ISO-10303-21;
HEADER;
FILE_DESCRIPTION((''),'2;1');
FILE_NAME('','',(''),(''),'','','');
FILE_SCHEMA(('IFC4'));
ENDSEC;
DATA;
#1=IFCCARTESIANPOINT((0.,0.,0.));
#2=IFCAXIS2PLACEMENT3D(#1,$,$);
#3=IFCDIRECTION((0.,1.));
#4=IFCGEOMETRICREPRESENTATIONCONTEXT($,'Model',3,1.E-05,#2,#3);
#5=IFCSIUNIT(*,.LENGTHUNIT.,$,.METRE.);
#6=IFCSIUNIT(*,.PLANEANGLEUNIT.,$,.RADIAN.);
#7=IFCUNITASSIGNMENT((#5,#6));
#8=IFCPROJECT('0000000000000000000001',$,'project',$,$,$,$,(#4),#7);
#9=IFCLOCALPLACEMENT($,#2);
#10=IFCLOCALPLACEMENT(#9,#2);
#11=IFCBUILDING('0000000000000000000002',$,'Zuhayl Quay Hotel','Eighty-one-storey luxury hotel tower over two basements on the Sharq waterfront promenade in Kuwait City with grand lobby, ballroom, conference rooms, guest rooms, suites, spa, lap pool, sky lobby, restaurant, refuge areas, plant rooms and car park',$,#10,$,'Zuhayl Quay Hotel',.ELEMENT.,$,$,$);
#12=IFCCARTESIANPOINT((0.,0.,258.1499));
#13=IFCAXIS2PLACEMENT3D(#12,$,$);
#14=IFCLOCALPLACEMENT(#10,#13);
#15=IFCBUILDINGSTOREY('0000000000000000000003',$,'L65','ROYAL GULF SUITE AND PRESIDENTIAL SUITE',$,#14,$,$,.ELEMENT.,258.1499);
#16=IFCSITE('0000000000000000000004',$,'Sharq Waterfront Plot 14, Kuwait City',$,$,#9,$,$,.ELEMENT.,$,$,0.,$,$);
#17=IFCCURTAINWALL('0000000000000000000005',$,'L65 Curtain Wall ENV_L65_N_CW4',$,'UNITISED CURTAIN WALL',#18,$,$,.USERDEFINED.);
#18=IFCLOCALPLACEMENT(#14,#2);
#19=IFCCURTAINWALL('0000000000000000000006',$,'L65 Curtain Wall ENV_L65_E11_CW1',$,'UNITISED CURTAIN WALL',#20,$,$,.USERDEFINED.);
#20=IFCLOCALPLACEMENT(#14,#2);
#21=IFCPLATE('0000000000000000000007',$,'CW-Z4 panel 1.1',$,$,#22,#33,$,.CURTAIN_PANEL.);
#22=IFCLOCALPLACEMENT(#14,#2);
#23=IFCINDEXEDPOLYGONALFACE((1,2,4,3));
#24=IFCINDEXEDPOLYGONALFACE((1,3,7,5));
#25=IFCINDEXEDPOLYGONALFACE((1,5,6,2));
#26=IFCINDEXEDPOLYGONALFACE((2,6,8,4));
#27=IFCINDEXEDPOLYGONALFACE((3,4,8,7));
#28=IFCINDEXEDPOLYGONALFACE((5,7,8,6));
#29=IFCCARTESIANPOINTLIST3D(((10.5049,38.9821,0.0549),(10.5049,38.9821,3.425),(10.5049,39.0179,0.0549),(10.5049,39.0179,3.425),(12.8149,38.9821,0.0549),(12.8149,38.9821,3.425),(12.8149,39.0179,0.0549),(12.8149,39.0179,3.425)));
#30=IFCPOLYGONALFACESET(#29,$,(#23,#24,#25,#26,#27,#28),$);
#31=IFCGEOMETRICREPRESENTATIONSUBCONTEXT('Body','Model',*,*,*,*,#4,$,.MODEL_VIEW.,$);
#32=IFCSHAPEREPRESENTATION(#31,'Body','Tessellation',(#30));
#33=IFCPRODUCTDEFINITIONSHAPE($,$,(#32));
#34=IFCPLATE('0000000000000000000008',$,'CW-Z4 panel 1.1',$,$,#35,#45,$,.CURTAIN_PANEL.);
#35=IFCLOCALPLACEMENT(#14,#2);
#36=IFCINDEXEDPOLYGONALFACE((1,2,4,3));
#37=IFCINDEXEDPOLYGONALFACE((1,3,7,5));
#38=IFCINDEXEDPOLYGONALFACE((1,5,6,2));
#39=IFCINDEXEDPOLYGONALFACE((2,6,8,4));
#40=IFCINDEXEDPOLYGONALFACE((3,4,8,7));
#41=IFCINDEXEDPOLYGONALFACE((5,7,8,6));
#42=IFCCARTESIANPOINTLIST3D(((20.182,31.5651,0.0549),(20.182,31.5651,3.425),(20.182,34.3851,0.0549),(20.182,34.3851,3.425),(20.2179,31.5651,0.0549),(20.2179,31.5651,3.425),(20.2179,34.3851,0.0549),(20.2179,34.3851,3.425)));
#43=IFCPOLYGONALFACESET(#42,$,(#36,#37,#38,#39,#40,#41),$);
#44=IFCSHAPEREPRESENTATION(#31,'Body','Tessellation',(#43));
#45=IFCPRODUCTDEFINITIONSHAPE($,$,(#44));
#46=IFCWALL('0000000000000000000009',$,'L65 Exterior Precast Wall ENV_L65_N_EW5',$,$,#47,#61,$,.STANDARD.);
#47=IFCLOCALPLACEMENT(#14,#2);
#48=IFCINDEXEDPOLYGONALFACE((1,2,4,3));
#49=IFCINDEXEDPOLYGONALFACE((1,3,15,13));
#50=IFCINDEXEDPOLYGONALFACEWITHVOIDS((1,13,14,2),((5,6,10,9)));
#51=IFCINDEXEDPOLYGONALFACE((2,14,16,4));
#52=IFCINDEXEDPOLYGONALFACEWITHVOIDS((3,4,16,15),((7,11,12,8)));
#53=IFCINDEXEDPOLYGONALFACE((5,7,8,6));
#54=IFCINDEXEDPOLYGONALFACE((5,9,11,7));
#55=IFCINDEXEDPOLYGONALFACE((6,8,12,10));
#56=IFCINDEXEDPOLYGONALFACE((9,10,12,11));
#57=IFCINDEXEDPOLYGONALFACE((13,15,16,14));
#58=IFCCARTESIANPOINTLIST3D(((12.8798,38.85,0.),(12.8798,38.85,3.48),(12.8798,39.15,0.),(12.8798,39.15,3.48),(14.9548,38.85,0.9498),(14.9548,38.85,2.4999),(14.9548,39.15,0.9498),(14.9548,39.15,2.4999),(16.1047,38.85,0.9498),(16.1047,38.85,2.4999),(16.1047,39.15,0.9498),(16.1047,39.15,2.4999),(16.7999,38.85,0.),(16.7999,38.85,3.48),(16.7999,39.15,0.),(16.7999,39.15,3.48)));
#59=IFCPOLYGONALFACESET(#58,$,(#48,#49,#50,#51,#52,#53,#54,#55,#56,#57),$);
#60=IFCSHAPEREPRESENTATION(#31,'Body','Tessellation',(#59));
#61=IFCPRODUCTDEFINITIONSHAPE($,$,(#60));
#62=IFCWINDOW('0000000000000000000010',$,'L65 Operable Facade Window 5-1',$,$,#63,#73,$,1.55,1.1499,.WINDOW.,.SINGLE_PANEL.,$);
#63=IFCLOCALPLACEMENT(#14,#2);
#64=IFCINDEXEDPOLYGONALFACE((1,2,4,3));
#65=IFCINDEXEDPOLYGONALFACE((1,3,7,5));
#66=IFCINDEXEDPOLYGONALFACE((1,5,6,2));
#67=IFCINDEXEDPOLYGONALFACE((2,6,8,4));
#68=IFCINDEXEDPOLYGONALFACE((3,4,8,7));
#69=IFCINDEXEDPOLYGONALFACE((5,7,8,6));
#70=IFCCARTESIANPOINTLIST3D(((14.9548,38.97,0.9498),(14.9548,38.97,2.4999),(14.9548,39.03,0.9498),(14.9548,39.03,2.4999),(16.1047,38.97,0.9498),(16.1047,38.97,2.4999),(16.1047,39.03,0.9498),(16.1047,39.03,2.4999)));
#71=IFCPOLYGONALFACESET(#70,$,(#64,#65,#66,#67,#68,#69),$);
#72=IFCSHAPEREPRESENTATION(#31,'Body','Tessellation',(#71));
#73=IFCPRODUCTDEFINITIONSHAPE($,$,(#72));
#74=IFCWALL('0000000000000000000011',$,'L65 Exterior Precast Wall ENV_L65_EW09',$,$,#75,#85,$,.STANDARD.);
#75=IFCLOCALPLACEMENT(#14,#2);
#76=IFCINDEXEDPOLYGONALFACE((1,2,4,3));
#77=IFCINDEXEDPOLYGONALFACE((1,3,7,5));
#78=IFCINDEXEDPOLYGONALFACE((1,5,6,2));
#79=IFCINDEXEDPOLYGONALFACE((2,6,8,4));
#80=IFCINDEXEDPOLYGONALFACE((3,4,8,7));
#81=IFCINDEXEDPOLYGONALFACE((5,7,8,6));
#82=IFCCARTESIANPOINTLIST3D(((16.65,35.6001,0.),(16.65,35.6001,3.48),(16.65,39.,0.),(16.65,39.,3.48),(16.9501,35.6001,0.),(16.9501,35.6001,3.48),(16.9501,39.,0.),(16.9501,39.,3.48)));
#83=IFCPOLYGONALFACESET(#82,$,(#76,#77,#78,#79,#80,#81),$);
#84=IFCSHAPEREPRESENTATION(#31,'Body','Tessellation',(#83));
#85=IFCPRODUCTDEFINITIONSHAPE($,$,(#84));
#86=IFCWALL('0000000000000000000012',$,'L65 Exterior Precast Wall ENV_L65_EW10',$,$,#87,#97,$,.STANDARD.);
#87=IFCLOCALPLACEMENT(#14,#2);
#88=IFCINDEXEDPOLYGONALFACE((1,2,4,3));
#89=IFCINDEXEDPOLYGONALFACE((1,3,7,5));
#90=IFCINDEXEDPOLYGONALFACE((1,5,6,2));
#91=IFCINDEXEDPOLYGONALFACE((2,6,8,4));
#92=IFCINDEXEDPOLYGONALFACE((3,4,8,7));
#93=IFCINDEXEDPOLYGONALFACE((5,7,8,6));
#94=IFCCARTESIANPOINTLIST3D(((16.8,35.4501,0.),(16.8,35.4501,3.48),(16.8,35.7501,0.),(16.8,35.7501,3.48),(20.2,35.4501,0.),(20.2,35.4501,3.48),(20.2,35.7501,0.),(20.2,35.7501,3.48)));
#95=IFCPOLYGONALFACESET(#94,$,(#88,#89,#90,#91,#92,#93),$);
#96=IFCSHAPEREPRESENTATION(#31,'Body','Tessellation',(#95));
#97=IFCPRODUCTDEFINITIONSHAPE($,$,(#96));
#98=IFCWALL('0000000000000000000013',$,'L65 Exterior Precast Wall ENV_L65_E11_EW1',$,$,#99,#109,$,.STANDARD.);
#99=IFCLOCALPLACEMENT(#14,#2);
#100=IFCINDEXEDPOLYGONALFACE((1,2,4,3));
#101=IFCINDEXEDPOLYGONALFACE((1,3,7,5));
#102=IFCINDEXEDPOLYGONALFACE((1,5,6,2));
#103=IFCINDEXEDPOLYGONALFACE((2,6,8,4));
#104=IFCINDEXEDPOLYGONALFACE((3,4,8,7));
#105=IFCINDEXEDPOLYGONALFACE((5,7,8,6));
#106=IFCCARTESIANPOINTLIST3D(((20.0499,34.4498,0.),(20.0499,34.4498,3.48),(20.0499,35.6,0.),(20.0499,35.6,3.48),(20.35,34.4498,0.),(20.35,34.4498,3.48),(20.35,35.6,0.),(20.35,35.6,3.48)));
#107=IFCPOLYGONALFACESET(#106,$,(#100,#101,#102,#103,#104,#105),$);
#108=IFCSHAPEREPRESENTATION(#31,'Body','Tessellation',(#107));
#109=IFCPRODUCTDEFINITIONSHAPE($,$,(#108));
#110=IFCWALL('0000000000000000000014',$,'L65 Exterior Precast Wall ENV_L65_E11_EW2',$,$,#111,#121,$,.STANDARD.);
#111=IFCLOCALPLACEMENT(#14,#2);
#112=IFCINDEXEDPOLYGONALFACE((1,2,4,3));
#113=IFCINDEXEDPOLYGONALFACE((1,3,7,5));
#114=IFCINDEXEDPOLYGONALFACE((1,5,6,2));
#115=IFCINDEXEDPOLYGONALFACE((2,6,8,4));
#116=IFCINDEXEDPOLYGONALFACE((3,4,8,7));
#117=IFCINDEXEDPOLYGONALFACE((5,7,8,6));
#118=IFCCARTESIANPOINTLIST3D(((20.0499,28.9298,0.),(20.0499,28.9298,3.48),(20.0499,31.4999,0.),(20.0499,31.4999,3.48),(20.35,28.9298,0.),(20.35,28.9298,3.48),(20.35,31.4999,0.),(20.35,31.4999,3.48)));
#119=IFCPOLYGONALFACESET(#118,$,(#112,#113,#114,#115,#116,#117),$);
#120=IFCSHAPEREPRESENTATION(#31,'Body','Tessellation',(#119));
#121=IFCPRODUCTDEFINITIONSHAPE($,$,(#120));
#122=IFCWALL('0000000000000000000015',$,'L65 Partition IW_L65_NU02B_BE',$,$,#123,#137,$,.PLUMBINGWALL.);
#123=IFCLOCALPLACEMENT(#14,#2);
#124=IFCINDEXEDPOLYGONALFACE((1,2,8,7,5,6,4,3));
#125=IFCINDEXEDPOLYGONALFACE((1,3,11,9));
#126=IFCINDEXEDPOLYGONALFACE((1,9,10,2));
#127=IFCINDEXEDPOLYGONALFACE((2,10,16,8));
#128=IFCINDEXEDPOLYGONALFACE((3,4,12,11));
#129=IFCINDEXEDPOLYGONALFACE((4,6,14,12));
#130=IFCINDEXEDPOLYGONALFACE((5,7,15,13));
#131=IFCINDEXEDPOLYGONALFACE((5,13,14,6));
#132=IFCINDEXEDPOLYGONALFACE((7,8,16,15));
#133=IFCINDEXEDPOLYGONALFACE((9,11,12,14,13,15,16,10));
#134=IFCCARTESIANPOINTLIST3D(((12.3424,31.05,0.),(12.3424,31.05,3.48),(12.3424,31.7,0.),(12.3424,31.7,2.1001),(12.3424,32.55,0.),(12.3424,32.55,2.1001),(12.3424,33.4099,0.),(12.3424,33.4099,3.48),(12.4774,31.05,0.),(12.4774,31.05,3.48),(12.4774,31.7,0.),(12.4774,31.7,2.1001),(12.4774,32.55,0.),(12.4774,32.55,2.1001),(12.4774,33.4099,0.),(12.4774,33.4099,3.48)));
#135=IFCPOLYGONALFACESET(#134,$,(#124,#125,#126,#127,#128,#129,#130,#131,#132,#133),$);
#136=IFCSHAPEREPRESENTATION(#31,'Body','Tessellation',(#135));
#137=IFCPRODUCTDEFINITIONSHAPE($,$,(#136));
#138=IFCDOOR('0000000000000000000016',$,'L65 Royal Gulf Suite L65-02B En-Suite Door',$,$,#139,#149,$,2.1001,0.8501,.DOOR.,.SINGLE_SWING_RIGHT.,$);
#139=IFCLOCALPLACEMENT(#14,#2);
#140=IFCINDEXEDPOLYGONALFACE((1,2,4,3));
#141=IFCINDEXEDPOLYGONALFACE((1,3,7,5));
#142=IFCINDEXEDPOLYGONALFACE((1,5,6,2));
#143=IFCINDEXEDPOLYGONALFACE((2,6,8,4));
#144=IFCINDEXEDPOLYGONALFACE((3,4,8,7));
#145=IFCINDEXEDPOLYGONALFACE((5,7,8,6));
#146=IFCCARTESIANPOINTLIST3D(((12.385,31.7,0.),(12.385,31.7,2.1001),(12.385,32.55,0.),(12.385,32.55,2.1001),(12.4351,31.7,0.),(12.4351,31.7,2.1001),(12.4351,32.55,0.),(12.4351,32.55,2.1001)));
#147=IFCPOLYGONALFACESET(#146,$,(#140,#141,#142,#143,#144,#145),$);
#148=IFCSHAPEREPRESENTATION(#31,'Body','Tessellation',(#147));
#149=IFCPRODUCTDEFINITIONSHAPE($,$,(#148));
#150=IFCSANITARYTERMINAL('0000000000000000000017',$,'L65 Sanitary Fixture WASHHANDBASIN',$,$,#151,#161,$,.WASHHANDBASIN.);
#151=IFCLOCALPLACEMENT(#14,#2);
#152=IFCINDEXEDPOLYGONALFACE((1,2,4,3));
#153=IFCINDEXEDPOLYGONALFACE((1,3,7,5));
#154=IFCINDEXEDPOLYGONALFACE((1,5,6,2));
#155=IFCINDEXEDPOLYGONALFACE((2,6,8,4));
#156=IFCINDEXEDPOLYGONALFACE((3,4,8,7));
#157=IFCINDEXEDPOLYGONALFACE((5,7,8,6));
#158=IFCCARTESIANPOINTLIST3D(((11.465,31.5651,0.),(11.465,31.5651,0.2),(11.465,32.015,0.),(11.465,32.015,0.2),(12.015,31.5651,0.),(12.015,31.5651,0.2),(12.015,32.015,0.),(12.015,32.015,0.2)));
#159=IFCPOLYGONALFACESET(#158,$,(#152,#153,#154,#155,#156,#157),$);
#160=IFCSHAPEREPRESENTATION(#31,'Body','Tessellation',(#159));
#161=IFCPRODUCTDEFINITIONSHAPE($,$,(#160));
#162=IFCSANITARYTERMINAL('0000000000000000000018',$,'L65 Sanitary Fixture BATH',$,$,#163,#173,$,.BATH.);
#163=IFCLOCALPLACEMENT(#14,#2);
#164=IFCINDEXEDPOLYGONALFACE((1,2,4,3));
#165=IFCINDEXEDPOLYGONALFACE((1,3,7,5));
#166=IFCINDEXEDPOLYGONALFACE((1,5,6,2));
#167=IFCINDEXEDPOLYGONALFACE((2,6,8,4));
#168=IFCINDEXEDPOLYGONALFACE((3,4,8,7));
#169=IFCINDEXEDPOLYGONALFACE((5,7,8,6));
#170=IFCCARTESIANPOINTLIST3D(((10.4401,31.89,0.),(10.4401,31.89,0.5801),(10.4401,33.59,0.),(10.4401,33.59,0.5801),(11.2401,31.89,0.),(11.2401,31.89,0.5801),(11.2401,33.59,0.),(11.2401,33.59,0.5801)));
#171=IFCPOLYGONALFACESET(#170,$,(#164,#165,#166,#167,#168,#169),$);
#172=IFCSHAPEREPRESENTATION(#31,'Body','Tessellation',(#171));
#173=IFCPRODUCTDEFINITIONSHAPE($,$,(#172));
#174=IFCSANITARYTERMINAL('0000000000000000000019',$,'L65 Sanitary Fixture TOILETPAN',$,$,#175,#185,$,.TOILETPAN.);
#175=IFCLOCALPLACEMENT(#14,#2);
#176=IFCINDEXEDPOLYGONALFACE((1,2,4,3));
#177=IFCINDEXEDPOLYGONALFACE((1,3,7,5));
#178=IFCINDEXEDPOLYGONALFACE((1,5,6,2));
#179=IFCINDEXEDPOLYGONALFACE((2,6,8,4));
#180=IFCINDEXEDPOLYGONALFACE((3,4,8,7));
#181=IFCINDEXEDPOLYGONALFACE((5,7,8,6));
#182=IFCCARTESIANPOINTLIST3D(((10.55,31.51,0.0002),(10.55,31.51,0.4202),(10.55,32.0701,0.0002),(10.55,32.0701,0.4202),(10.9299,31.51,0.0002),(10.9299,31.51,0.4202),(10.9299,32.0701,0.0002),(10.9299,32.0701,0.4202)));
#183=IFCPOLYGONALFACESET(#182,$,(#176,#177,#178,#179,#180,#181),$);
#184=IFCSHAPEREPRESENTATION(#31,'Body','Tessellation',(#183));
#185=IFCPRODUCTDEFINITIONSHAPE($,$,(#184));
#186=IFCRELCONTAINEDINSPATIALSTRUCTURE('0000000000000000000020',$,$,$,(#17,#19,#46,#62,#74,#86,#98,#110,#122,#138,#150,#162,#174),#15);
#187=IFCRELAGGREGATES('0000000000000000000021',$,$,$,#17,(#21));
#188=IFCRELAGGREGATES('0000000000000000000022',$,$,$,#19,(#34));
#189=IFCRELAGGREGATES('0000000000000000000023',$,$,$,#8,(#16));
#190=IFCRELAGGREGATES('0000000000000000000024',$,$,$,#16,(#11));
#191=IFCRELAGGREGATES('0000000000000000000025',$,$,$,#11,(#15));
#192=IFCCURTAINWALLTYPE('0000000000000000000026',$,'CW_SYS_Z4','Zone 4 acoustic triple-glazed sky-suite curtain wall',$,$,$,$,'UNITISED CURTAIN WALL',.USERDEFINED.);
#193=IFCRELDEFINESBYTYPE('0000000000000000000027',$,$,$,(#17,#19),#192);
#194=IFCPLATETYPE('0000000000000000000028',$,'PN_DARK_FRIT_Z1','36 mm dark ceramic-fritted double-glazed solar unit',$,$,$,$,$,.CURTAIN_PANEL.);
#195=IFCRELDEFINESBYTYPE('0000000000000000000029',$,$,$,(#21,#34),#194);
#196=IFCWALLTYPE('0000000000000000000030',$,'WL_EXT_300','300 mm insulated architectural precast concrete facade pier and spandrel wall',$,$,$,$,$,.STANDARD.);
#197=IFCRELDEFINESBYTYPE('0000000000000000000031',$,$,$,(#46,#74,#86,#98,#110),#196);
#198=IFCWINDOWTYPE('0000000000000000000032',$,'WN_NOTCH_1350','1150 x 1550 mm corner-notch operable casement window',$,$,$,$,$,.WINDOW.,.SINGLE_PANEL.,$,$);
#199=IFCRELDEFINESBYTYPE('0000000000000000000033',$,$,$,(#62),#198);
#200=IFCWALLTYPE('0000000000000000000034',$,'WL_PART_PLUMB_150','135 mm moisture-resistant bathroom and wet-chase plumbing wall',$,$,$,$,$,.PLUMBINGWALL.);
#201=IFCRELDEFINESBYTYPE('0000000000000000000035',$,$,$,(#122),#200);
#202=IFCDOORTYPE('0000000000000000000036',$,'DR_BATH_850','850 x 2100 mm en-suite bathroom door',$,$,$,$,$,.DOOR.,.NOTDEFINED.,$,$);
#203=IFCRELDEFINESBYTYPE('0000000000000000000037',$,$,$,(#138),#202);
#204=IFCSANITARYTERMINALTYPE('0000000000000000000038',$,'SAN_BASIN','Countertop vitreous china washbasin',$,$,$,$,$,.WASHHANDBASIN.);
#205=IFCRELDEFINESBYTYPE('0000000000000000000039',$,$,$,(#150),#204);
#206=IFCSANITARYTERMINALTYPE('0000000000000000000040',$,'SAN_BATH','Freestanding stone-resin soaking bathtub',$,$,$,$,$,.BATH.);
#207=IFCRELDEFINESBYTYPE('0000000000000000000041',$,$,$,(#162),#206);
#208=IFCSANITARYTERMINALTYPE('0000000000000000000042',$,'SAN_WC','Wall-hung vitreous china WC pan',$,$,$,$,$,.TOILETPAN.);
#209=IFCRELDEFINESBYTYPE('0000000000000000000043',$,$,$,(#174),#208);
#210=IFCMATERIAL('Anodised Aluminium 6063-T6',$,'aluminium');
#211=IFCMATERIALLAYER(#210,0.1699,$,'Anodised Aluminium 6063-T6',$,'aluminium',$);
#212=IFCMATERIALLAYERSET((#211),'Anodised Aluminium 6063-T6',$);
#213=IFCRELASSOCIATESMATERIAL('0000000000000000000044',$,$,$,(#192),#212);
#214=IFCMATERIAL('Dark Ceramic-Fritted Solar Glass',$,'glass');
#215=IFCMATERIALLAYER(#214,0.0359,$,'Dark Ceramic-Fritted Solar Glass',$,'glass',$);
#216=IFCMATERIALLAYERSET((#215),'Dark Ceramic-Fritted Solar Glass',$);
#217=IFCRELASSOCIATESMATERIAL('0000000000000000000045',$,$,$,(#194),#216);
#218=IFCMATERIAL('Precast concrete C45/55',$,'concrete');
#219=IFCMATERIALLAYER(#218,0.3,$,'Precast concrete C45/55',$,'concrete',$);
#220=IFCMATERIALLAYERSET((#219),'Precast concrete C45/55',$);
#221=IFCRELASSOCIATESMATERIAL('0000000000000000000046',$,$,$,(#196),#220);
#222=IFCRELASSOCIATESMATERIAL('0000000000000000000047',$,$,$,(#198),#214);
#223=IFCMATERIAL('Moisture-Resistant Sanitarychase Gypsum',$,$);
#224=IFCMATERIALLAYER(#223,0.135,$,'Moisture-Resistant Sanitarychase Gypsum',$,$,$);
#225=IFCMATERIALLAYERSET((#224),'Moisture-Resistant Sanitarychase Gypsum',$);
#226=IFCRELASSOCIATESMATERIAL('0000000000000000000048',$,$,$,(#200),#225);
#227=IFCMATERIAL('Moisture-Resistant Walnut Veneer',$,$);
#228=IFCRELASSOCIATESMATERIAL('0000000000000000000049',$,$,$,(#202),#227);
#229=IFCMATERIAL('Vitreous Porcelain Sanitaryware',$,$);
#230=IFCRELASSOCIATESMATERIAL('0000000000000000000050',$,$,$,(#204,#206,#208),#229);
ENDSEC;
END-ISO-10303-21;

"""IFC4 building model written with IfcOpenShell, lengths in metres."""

from ifc_helpers import new_model, si_unit, direction, frame, frame_2d, origin, origin_2d, place, context, subcontext, project, spatial, rectangle, extrude, material, layer, layer_set, type_object, element, fill, aggregate, save


model = new_model("IFC4")

# Units and contexts
model_context = context("Model", 3, precision=1e-05, world=origin(), true_north=direction((0.0, 1.0)))
body_context = subcontext(model_context, "Body", "Model", "MODEL_VIEW")
ifc_project = project(units=[si_unit("LENGTHUNIT", "METRE"), si_unit("PLANEANGLEUNIT", "RADIAN")], contexts=[model_context])

# Site, building, storey
site_placement = place(None, origin())
site = spatial("IfcSite", under=ifc_project, at=site_placement, Name="Sharq Waterfront Plot 14, Kuwait City", CompositionType="ELEMENT", RefElevation=0.0)
building_placement = place(site_placement, origin())
building = spatial("IfcBuilding", under=site, at=building_placement, Name="Zuhayl Quay Hotel", Description="Eighty-one-storey luxury hotel tower over two basements on the Sharq waterfront promenade in Kuwait City with grand lobby, ballroom, conference rooms, guest rooms, suites, spa, lap pool, sky lobby, restaurant, refuge areas, plant rooms and car park", LongName="Zuhayl Quay Hotel", CompositionType="ELEMENT")
storey_placement = place(building_placement, frame((0.0, 0.0, 258.1499)))
storey = spatial("IfcBuildingStorey", under=building, at=storey_placement, Name="L65", Description="ROYAL GULF SUITE AND PRESIDENTIAL SUITE", CompositionType="ELEMENT", Elevation=258.1499)

# Curtain walls
ifc_material_1 = material(Name="Anodised Aluminium 6063-T6", Category="aluminium")
ifc_layer_1 = layer(ifc_material_1, 0.1699, Name="Anodised Aluminium 6063-T6", Category="aluminium")
ifc_layer_set_1 = layer_set([ifc_layer_1], Name="Anodised Aluminium 6063-T6")
curtain_wall_type = type_object("IfcCurtainWallType", Name="CW_SYS_Z4", Description="Zone 4 acoustic triple-glazed sky-suite curtain wall", ElementType="UNITISED CURTAIN WALL", PredefinedType="USERDEFINED", material=ifc_layer_set_1)
curtain_wall_1_placement = place(storey_placement, origin())
curtain_wall_1 = element("IfcCurtainWall", 1, at=curtain_wall_1_placement, inside=storey, type_object=curtain_wall_type, Name="L65 Curtain Wall ENV_L65_N_CW4", ObjectType="UNITISED CURTAIN WALL", PredefinedType="USERDEFINED")
curtain_wall_2_placement = place(storey_placement, origin())
curtain_wall_2 = element("IfcCurtainWall", 2, at=curtain_wall_2_placement, inside=storey, type_object=curtain_wall_type, Name="L65 Curtain Wall ENV_L65_E11_CW1", ObjectType="UNITISED CURTAIN WALL", PredefinedType="USERDEFINED")

# Plates
ifc_material_2 = material(Name="Dark Ceramic-Fritted Solar Glass", Category="glass")
ifc_layer_2 = layer(ifc_material_2, 0.0359, Name="Dark Ceramic-Fritted Solar Glass", Category="glass")
ifc_layer_set_2 = layer_set([ifc_layer_2], Name="Dark Ceramic-Fritted Solar Glass")
plate_type = type_object("IfcPlateType", Name="PN_DARK_FRIT_Z1", Description="36 mm dark ceramic-fritted double-glazed solar unit", PredefinedType="CURTAIN_PANEL", material=ifc_layer_set_2)
plate_1_placement = place(storey_placement, frame((11.6599, 39.0, 0.0549), z_axis=(0.0, 0.0, 1.0), x_axis=(1.0, 0.0, 0.0)))
plate_1 = element("IfcPlate", 3, at=plate_1_placement, type_object=plate_type, Name="CW-Z4 panel 1.1", PredefinedType="CURTAIN_PANEL", context=body_context, shape_type="SweptSolid", body=[
    extrude(rectangle(XDim=2.3101, YDim=0.0359, at=origin_2d()), origin(), (0.0, 0.0, 1.0), 3.3701),
])
aggregate(curtain_wall_1, [plate_1])
plate_2_placement = place(storey_placement, frame((20.2, 32.9751, 0.0549), z_axis=(0.0, 0.0, 1.0), x_axis=(0.0, -1.0, 0.0)))
plate_2 = element("IfcPlate", 4, at=plate_2_placement, type_object=plate_type, Name="CW-Z4 panel 1.1", PredefinedType="CURTAIN_PANEL", context=body_context, shape_type="SweptSolid", body=[
    extrude(rectangle(XDim=2.8201, YDim=0.0359, at=origin_2d()), origin(), (0.0, 0.0, 1.0), 3.3701),
])
aggregate(curtain_wall_2, [plate_2])

# Wall, opening, window
ifc_material_3 = material(Name="Precast concrete C45/55", Category="concrete")
ifc_layer_3 = layer(ifc_material_3, 0.3, Name="Precast concrete C45/55", Category="concrete")
ifc_layer_set_3 = layer_set([ifc_layer_3], Name="Precast concrete C45/55")
wall_type_1 = type_object("IfcWallType", Name="WL_EXT_300", Description="300 mm insulated architectural precast concrete facade pier and spandrel wall", PredefinedType="STANDARD", material=ifc_layer_set_3)
wall_1_placement = place(storey_placement, frame((12.8799, 39.0, 0.0), z_axis=(0.0, 0.0, 1.0), x_axis=(1.0, 0.0, 0.0)))
wall_1 = element("IfcWall", 5, at=wall_1_placement, inside=storey, type_object=wall_type_1, Name="L65 Exterior Precast Wall ENV_L65_N_EW5", PredefinedType="STANDARD", context=body_context, shape_type="SweptSolid", body=[
    extrude(rectangle(XDim=3.9202, YDim=0.3, at=frame_2d((1.96, 0.0))), origin(), (0.0, 0.0, 1.0), 3.48),
])
opening_1_placement = place(wall_1_placement, frame((2.075, 0.0, 0.95)))
opening_1 = element("IfcOpeningElement", 6, at=opening_1_placement, cuts=wall_1, PredefinedType="OPENING", context=body_context, shape_type="SweptSolid", body=[
    extrude(rectangle(XDim=1.1499, YDim=1.55, at=frame_2d((0.575, 0.7749))), frame((0.0, 0.1599, 0.0), z_axis=(0.0, -1.0, 0.0), x_axis=(1.0, 0.0, 0.0)), (0.0, 0.0, 1.0), 0.3201),
])
window_type = type_object("IfcWindowType", Name="WN_NOTCH_1350", Description="1150 x 1550 mm corner-notch operable casement window", PartitioningType="SINGLE_PANEL", PredefinedType="WINDOW", material=ifc_material_2)
window_placement = place(opening_1_placement, origin())
window = element("IfcWindow", 7, at=window_placement, inside=storey, type_object=window_type, Name="L65 Operable Facade Window 5-1", OverallHeight=1.55, OverallWidth=1.1499, PartitioningType="SINGLE_PANEL", PredefinedType="WINDOW", context=body_context, shape_type="SweptSolid", body=[
    extrude(rectangle(XDim=1.1499, YDim=1.55, at=frame_2d((0.575, 0.7749))), frame((0.0, 0.03, 0.0), z_axis=(0.0, -1.0, 0.0), x_axis=(1.0, 0.0, 0.0)), (0.0, 0.0, 1.0), 0.0601),
])
fill(opening_1, window)

# Walls
for number, where, z_axis, x_axis, name in (
    (8, (16.8, 39.0, 0.0), (0.0, 0.0, 1.0), (0.0, -1.0, 0.0), "L65 Exterior Precast Wall ENV_L65_EW09"),
    (9, (16.8, 35.6001, 0.0), (0.0, 0.0, 1.0), (1.0, 0.0, 0.0), "L65 Exterior Precast Wall ENV_L65_EW10"),
):
    element("IfcWall", number, at=place(storey_placement, frame(where, z_axis=z_axis, x_axis=x_axis)), inside=storey, type_object=wall_type_1, Name=name, PredefinedType="STANDARD", context=body_context, shape_type="SweptSolid", body=[
        extrude(rectangle(XDim=3.3999, YDim=0.3, at=frame_2d((1.7, 0.0))), origin(), (0.0, 0.0, 1.0), 3.48),
    ])
wall_2_placement = place(storey_placement, frame((20.2, 35.6001, 0.0), z_axis=(0.0, 0.0, 1.0), x_axis=(0.0, -1.0, 0.0)))
element("IfcWall", 10, at=wall_2_placement, inside=storey, type_object=wall_type_1, Name="L65 Exterior Precast Wall ENV_L65_E11_EW1", PredefinedType="STANDARD", context=body_context, shape_type="SweptSolid", body=[
    extrude(rectangle(XDim=1.1501, YDim=0.3, at=frame_2d((0.5752, 0.0))), origin(), (0.0, 0.0, 1.0), 3.48),
])
wall_3_placement = place(storey_placement, frame((20.2, 31.5, 0.0), z_axis=(0.0, 0.0, 1.0), x_axis=(0.0, -1.0, 0.0)))
element("IfcWall", 11, at=wall_3_placement, inside=storey, type_object=wall_type_1, Name="L65 Exterior Precast Wall ENV_L65_E11_EW2", PredefinedType="STANDARD", context=body_context, shape_type="SweptSolid", body=[
    extrude(rectangle(XDim=2.5701, YDim=0.3, at=frame_2d((1.2852, 0.0))), origin(), (0.0, 0.0, 1.0), 3.48),
])

# Wall, opening, door
ifc_material_4 = material(Name="Moisture-Resistant Sanitarychase Gypsum")
ifc_layer_4 = layer(ifc_material_4, 0.135, Name="Moisture-Resistant Sanitarychase Gypsum")
ifc_layer_set_4 = layer_set([ifc_layer_4], Name="Moisture-Resistant Sanitarychase Gypsum")
wall_type_2 = type_object("IfcWallType", Name="WL_PART_PLUMB_150", Description="135 mm moisture-resistant bathroom and wet-chase plumbing wall", PredefinedType="PLUMBINGWALL", material=ifc_layer_set_4)
wall_4_placement = place(storey_placement, frame((12.4099, 31.05, 0.0), z_axis=(0.0, 0.0, 1.0), x_axis=(0.0, 1.0, 0.0)))
wall_4 = element("IfcWall", 12, at=wall_4_placement, inside=storey, type_object=wall_type_2, Name="L65 Partition IW_L65_NU02B_BE", PredefinedType="PLUMBINGWALL", context=body_context, shape_type="SweptSolid", body=[
    extrude(rectangle(XDim=2.3599, YDim=0.135, at=frame_2d((1.1799, 0.0))), origin(), (0.0, 0.0, 1.0), 3.48),
])
opening_2_placement = place(wall_4_placement, frame((0.6499, 0.0, 0.0)))
opening_2 = element("IfcOpeningElement", 13, at=opening_2_placement, cuts=wall_4, PredefinedType="OPENING", context=body_context, shape_type="SweptSolid", body=[
    extrude(rectangle(XDim=0.8501, YDim=2.1001, at=frame_2d((0.425, 1.05))), frame((0.0, 0.0774, 0.0), z_axis=(0.0, -1.0, 0.0), x_axis=(1.0, 0.0, 0.0)), (0.0, 0.0, 1.0), 0.155),
])
ifc_material_5 = material(Name="Moisture-Resistant Walnut Veneer")
door_type = type_object("IfcDoorType", Name="DR_BATH_850", Description="850 x 2100 mm en-suite bathroom door", OperationType="NOTDEFINED", PredefinedType="DOOR", material=ifc_material_5)
door_placement = place(opening_2_placement, origin())
door = element("IfcDoor", 14, at=door_placement, inside=storey, type_object=door_type, Name="L65 Royal Gulf Suite L65-02B En-Suite Door", OperationType="SINGLE_SWING_RIGHT", OverallHeight=2.1001, OverallWidth=0.8501, PredefinedType="DOOR", context=body_context, shape_type="SweptSolid", body=[
    extrude(rectangle(XDim=0.8501, YDim=2.1001, at=frame_2d((0.425, 1.05))), frame((0.0, 0.0249, 0.0), z_axis=(0.0, -1.0, 0.0), x_axis=(1.0, 0.0, 0.0)), (0.0, 0.0, 1.0), 0.05),
])
fill(opening_2, door)

# Sanitary terminals
ifc_material_6 = material(Name="Vitreous Porcelain Sanitaryware")
sanitary_terminal_type_1 = type_object("IfcSanitaryTerminalType", Name="SAN_BASIN", Description="Countertop vitreous china washbasin", PredefinedType="WASHHANDBASIN", material=ifc_material_6)
sanitary_terminal_1_placement = place(storey_placement, frame((11.74, 31.79, 0.0), z_axis=(0.0, 0.0, 1.0), x_axis=(1.0, 0.0, 0.0)))
element("IfcSanitaryTerminal", 15, at=sanitary_terminal_1_placement, inside=storey, type_object=sanitary_terminal_type_1, Name="L65 Sanitary Fixture WASHHANDBASIN", PredefinedType="WASHHANDBASIN", context=body_context, shape_type="SweptSolid", body=[
    extrude(rectangle(XDim=0.55, YDim=0.45, at=origin_2d()), origin(), (0.0, 0.0, 1.0), 0.2),
])
sanitary_terminal_type_2 = type_object("IfcSanitaryTerminalType", Name="SAN_BATH", Description="Freestanding stone-resin soaking bathtub", PredefinedType="BATH", material=ifc_material_6)
sanitary_terminal_2_placement = place(storey_placement, frame((10.8401, 32.74, 0.0), z_axis=(0.0, 0.0, 1.0), x_axis=(1.0, 0.0, 0.0)))
element("IfcSanitaryTerminal", 16, at=sanitary_terminal_2_placement, inside=storey, type_object=sanitary_terminal_type_2, Name="L65 Sanitary Fixture BATH", PredefinedType="BATH", context=body_context, shape_type="SweptSolid", body=[
    extrude(rectangle(XDim=0.8, YDim=1.7, at=origin_2d()), origin(), (0.0, 0.0, 1.0), 0.5801),
])
sanitary_terminal_type_3 = type_object("IfcSanitaryTerminalType", Name="SAN_WC", Description="Wall-hung vitreous china WC pan", PredefinedType="TOILETPAN", material=ifc_material_6)
sanitary_terminal_3_placement = place(storey_placement, frame((10.74, 31.79, 0.0002), z_axis=(0.0, 0.0, 1.0), x_axis=(1.0, 0.0, 0.0)))
element("IfcSanitaryTerminal", 17, at=sanitary_terminal_3_placement, inside=storey, type_object=sanitary_terminal_type_3, Name="L65 Sanitary Fixture TOILETPAN", PredefinedType="TOILETPAN", context=body_context, shape_type="SweptSolid", body=[
    extrude(rectangle(XDim=0.3799, YDim=0.5601, at=origin_2d()), origin(), (0.0, 0.0, 1.0), 0.4199),
])

save(model, "model.ifc")
